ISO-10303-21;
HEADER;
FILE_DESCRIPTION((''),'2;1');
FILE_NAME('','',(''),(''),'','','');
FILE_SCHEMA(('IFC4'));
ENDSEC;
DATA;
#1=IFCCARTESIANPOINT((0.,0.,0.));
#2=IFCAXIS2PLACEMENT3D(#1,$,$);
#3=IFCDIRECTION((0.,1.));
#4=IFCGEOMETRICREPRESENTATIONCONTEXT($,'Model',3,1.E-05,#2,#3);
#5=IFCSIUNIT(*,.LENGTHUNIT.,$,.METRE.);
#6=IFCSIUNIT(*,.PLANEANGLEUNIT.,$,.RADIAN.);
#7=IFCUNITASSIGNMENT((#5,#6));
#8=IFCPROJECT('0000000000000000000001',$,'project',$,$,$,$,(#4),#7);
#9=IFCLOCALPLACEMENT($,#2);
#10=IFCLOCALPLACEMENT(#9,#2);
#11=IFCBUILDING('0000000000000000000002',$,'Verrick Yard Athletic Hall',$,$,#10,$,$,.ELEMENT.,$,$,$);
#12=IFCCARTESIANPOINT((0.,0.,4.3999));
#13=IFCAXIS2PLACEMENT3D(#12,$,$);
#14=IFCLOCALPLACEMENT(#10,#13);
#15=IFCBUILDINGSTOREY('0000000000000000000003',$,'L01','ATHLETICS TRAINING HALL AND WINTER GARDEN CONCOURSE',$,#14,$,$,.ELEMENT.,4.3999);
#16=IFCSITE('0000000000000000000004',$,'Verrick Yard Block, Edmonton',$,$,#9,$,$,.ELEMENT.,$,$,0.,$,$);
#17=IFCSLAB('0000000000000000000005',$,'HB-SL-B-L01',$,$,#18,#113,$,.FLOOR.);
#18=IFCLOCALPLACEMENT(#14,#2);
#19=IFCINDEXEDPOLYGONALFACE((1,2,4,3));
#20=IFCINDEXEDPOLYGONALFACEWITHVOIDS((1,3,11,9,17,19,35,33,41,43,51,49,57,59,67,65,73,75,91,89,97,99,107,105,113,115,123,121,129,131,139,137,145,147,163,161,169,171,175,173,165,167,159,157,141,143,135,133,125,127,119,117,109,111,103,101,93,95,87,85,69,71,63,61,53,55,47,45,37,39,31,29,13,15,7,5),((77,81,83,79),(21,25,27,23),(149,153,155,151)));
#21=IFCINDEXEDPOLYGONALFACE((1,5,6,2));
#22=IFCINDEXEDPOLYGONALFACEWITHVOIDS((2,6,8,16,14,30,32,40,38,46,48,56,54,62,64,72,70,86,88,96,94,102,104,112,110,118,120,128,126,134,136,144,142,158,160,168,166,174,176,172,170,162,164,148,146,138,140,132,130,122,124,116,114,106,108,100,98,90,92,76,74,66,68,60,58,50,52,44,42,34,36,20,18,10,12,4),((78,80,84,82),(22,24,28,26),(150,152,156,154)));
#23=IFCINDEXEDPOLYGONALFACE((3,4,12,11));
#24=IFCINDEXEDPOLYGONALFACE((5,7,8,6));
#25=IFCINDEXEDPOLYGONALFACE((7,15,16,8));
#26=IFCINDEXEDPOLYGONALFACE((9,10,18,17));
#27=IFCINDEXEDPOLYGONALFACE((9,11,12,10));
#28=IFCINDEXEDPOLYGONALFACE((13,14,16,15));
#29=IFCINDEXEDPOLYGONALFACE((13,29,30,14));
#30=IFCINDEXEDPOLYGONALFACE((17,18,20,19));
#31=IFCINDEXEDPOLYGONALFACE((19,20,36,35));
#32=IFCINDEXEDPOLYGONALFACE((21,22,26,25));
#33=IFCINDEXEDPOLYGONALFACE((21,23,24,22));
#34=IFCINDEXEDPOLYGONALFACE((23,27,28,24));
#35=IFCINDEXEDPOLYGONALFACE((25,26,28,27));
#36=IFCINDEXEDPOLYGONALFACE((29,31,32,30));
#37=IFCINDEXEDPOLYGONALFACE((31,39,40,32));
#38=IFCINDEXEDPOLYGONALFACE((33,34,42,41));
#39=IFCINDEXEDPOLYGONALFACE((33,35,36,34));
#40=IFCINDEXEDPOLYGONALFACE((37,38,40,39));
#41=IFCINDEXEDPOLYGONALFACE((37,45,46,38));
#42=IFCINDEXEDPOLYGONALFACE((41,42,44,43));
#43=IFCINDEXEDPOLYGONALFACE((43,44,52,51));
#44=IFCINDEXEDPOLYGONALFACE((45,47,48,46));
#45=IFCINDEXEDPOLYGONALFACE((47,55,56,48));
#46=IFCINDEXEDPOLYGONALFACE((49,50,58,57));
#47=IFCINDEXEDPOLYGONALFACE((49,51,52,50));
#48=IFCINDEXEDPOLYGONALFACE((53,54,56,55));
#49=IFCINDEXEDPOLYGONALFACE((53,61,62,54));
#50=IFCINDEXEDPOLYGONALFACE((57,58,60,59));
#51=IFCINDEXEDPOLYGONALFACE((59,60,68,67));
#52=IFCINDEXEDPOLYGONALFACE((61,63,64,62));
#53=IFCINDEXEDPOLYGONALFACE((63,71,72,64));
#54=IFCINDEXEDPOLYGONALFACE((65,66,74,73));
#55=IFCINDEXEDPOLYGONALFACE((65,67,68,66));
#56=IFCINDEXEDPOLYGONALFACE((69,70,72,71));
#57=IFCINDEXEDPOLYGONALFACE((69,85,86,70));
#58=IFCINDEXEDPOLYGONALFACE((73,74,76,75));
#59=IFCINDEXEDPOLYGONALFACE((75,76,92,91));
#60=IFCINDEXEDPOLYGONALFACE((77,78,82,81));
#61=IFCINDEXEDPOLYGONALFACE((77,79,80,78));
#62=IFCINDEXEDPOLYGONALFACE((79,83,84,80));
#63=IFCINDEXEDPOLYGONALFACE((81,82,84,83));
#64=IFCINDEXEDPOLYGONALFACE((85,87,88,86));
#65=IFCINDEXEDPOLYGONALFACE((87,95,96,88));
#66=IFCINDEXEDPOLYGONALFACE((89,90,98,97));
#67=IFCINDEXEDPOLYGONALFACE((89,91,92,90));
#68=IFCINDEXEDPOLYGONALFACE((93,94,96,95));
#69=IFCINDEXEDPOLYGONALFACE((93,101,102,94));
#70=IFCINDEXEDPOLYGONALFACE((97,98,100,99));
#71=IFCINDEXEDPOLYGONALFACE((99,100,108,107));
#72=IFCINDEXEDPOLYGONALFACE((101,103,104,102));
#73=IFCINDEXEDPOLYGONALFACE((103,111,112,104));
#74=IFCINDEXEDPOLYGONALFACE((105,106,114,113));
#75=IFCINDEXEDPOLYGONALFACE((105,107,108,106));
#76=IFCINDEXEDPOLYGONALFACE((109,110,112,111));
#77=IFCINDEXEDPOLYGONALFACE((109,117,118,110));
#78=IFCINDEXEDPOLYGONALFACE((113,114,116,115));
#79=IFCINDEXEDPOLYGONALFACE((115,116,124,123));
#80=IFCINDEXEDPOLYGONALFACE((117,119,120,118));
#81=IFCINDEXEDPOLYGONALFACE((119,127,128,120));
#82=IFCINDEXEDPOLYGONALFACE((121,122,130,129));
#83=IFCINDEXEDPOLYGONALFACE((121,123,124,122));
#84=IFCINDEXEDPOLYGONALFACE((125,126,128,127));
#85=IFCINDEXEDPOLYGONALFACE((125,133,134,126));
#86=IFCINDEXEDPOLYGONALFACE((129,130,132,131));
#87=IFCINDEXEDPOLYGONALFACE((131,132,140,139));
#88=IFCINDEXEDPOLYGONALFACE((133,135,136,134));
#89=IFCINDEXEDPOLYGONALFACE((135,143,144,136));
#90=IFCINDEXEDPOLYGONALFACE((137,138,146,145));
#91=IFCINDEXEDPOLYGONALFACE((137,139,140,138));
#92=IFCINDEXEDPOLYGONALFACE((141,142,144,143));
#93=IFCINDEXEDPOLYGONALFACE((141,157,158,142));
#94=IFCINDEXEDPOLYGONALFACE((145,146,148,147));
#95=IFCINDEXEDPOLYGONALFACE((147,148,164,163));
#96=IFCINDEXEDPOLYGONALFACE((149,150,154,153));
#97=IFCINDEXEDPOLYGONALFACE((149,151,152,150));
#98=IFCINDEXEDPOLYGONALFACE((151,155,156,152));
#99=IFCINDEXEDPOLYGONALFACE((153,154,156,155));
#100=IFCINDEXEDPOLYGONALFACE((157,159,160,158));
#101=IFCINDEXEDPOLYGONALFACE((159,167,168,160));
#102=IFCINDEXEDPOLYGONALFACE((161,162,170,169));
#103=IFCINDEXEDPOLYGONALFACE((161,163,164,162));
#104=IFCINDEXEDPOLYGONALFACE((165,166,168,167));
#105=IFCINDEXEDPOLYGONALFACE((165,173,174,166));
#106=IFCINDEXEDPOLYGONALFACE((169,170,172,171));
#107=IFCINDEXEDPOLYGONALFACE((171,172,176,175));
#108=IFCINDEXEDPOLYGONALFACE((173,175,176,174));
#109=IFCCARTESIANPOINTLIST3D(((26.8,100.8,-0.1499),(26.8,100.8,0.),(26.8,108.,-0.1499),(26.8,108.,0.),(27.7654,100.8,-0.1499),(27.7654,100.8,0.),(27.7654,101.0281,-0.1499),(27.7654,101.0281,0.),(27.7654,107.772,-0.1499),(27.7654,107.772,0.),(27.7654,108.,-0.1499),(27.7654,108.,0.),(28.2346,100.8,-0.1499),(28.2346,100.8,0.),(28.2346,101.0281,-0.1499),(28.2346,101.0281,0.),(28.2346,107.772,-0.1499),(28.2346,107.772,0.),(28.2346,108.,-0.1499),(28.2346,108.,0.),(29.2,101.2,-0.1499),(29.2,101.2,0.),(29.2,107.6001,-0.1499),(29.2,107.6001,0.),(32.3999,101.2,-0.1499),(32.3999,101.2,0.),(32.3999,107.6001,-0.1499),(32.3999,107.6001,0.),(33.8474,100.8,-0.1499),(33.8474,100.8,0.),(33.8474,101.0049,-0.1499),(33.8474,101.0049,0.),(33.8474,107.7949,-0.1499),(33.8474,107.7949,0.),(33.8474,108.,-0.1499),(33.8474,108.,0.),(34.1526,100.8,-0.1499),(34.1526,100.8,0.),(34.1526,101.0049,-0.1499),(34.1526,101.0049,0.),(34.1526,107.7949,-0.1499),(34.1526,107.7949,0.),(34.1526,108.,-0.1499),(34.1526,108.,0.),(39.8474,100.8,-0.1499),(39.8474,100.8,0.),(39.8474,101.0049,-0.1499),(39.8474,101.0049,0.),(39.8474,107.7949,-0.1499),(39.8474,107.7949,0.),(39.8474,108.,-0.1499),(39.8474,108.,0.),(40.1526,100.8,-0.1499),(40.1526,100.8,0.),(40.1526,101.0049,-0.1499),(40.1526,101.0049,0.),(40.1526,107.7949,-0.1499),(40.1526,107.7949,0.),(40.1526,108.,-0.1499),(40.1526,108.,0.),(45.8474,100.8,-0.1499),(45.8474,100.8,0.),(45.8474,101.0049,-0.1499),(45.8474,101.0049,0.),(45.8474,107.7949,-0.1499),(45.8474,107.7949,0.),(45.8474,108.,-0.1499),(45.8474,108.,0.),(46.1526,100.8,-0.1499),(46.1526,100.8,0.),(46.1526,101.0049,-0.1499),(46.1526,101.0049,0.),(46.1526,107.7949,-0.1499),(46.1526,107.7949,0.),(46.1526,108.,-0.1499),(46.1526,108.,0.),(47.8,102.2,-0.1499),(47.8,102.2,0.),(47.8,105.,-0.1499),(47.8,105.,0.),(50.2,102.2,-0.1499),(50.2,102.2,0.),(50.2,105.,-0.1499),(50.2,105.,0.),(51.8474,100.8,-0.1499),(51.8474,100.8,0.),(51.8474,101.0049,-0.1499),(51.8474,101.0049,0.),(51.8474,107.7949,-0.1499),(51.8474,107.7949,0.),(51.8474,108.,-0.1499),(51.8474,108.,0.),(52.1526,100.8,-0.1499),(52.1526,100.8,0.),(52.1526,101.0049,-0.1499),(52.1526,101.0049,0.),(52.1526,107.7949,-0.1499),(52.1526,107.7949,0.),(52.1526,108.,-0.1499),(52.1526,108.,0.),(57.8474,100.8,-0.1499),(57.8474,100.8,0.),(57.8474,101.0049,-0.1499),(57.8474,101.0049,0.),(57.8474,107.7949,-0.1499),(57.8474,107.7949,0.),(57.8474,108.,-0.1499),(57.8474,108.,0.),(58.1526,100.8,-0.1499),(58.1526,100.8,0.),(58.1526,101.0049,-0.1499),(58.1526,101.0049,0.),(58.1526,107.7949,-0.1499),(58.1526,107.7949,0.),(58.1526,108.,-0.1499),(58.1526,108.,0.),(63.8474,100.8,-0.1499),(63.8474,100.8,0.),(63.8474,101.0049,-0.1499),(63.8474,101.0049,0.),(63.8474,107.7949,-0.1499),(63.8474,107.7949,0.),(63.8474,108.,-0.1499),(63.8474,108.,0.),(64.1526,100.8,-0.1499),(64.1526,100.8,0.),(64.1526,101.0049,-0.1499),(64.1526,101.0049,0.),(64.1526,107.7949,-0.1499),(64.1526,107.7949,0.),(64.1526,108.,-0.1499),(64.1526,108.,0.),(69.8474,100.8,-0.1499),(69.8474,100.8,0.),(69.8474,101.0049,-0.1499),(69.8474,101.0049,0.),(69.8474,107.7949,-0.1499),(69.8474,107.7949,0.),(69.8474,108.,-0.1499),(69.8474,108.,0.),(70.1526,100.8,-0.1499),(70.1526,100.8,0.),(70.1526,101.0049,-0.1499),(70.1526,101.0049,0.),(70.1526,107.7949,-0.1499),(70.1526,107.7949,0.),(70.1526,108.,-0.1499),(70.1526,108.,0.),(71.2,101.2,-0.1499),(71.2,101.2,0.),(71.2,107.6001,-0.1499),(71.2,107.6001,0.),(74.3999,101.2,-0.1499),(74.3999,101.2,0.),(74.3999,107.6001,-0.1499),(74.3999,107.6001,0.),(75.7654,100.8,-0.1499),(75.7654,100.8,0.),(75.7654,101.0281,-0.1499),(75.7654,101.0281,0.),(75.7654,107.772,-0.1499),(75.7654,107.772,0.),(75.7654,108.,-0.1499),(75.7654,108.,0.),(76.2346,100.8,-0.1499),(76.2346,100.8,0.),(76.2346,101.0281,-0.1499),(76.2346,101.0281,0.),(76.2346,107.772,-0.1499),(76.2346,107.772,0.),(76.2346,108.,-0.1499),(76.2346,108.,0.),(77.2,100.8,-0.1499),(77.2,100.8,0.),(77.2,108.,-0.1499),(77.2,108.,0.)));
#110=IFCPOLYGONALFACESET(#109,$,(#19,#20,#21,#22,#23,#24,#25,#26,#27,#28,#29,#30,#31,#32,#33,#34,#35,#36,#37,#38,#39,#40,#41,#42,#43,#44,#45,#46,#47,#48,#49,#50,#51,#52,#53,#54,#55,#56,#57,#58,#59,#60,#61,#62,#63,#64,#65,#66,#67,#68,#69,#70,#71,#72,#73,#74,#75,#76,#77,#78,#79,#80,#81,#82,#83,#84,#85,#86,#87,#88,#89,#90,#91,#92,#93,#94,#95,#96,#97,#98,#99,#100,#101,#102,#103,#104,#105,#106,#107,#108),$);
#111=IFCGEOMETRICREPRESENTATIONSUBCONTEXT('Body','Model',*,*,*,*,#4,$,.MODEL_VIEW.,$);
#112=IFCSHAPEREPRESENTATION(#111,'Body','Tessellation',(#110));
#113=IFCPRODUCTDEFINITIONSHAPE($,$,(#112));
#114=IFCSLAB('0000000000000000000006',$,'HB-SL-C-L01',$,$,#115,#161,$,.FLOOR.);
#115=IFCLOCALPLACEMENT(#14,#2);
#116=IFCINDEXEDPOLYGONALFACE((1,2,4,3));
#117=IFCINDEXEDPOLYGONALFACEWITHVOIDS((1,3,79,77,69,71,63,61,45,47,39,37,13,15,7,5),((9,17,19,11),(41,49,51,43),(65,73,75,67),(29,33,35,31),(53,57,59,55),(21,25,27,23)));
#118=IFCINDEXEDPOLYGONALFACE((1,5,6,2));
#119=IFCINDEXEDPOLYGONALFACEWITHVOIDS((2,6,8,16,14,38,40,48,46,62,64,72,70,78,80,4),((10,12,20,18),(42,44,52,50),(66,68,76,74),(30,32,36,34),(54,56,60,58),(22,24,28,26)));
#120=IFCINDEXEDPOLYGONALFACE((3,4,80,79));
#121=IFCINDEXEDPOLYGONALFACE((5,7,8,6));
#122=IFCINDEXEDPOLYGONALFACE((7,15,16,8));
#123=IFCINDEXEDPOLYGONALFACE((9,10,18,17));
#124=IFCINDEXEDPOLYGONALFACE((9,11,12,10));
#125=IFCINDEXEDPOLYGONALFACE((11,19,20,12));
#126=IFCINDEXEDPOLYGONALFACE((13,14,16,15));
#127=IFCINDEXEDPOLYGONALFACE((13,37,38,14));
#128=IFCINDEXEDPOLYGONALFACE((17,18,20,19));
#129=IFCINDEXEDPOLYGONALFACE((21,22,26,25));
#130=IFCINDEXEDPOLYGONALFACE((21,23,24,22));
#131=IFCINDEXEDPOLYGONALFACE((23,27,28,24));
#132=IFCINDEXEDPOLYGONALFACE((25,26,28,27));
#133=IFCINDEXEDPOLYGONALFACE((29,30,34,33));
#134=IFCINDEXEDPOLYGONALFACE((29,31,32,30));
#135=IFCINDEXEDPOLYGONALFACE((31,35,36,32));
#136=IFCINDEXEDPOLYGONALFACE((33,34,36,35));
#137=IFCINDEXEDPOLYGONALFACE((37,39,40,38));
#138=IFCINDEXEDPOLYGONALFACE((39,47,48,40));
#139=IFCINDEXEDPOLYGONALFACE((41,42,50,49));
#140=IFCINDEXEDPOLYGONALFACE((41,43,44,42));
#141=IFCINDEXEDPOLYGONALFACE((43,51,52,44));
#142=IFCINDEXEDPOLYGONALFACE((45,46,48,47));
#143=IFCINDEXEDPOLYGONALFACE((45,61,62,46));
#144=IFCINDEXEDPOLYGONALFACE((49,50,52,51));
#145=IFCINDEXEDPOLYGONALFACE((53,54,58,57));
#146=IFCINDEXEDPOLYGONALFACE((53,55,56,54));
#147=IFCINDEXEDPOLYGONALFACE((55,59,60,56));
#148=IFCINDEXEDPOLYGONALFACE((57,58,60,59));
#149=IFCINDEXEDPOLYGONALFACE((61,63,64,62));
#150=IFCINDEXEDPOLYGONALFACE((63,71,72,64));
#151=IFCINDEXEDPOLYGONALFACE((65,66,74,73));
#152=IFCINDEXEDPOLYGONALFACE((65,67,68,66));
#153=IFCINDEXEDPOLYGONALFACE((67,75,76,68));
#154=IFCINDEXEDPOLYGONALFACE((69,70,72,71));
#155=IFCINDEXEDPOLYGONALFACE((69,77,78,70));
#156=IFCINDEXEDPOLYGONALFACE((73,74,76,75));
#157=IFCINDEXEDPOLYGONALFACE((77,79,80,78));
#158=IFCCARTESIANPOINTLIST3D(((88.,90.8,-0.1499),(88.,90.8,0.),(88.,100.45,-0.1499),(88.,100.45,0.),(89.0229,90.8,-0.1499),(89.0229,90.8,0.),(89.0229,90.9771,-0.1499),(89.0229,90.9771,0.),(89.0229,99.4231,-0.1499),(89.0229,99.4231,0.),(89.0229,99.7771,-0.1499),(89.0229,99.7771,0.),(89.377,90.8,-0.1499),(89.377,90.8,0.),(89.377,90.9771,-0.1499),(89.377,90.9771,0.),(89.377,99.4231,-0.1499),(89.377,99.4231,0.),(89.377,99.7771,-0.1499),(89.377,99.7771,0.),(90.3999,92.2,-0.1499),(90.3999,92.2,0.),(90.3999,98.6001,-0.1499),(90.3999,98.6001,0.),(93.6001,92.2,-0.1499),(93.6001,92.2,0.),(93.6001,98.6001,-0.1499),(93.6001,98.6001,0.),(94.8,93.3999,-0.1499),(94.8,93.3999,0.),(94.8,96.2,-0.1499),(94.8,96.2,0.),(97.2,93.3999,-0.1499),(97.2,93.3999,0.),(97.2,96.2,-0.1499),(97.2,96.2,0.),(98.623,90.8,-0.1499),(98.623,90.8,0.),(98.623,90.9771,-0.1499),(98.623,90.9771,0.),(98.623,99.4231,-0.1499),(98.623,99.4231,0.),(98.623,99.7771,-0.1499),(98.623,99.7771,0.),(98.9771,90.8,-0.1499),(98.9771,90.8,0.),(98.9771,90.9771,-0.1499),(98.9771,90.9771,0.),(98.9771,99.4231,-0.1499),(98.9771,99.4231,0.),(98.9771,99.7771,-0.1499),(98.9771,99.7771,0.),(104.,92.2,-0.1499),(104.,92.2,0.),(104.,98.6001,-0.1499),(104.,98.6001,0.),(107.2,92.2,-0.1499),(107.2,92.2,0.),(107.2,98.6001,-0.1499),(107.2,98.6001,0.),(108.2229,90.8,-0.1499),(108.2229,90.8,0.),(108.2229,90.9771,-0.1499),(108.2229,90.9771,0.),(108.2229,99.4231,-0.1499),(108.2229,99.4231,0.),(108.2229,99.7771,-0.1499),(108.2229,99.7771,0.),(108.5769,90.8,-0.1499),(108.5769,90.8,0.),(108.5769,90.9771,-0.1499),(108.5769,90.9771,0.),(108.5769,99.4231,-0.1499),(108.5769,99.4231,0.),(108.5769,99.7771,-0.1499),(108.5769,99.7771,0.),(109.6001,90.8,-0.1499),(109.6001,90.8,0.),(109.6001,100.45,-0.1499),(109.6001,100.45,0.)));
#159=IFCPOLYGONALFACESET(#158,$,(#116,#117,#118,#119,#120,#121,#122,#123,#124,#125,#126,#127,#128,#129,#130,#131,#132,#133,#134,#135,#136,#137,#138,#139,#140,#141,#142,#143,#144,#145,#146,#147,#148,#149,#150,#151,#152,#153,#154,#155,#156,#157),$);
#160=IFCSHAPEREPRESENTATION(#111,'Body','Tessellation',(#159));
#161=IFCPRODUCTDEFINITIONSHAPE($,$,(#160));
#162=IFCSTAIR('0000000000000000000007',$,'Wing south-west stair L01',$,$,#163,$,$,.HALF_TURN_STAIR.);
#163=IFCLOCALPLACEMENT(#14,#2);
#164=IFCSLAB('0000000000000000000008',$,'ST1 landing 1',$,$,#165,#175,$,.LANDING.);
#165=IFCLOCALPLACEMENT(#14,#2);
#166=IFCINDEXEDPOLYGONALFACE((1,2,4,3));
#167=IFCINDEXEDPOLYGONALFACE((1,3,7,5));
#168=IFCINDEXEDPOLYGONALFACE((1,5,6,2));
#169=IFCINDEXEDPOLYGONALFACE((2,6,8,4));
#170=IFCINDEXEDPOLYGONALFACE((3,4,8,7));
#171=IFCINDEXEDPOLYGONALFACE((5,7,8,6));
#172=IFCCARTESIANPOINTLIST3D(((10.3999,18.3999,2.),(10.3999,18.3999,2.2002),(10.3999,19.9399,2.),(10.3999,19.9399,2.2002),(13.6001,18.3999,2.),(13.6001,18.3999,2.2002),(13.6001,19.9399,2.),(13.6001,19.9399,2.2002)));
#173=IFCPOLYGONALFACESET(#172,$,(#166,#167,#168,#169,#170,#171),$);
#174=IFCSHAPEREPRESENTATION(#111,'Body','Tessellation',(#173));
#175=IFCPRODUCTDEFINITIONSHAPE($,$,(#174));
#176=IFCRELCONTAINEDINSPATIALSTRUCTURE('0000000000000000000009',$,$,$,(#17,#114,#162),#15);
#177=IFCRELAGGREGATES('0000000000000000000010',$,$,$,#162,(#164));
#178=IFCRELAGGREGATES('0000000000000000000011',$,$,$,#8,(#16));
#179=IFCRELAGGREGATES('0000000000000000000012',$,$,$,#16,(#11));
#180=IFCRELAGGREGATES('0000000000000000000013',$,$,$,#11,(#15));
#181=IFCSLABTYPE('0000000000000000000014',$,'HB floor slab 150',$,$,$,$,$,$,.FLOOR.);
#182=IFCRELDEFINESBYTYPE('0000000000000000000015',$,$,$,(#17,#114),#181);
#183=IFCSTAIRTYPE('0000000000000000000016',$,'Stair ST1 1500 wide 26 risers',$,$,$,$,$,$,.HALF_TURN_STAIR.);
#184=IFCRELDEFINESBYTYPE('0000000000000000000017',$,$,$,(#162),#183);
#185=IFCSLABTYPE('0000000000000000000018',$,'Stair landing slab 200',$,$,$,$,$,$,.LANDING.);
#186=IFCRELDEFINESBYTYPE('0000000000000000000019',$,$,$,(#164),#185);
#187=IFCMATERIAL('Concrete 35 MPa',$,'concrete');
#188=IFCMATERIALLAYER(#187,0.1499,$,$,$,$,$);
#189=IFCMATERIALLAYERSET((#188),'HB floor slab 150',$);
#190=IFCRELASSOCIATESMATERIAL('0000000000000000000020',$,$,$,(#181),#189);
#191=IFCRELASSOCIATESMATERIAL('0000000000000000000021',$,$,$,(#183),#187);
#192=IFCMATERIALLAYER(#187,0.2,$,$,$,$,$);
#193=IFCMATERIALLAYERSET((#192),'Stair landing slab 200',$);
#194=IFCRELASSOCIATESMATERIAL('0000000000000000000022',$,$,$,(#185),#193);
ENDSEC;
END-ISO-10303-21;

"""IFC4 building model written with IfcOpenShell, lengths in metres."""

from ifc_helpers import new_model, si_unit, direction, frame, origin, place, context, subcontext, project, spatial, polyline, outline, extrude, material, layer, layer_set, type_object, element, aggregate, save


model = new_model("IFC4")

# Units and contexts
model_context = context("Model", 3, precision=1e-05, world=origin(), true_north=direction((0.0, 1.0)))
body_context = subcontext(model_context, "Body", "Model", "MODEL_VIEW")
ifc_project = project(units=[si_unit("LENGTHUNIT", "METRE"), si_unit("PLANEANGLEUNIT", "RADIAN")], contexts=[model_context])

# Site, building, storey
site_placement = place(None, origin())
site = spatial("IfcSite", under=ifc_project, at=site_placement, Name="Verrick Yard Block, Edmonton", CompositionType="ELEMENT", RefElevation=0.0)
building_placement = place(site_placement, origin())
building = spatial("IfcBuilding", under=site, at=building_placement, Name="Verrick Yard Athletic Hall", CompositionType="ELEMENT")
storey_placement = place(building_placement, frame((0.0, 0.0, 4.3999)))
storey = spatial("IfcBuildingStorey", under=building, at=storey_placement, Name="L01", Description="ATHLETICS TRAINING HALL AND WINTER GARDEN CONCOURSE", CompositionType="ELEMENT", Elevation=4.3999)

# Slabs
ifc_material_1 = material(Name="Concrete 35 MPa", Category="concrete")
ifc_layer_1 = layer(ifc_material_1, 0.1499)
ifc_layer_set_1 = layer_set([ifc_layer_1], Name="HB floor slab 150")
slab_type_1 = type_object("IfcSlabType", Name="HB floor slab 150", PredefinedType="FLOOR", material=ifc_layer_set_1)
slab_1_placement = place(storey_placement, frame((0.0, 0.0, -0.1499)))
element("IfcSlab", 1, at=slab_1_placement, inside=storey, type_object=slab_type_1, Name="HB-SL-B-L01", PredefinedType="FLOOR", context=body_context, shape_type="SweptSolid", body=[
    extrude(outline(polyline([(77.2, 108.0), (77.2, 100.8), (76.2346, 100.8), (76.2346, 101.0281), (75.7654, 101.0281), (75.7654, 100.8), (70.1526, 100.8), (70.1526, 101.0049), (69.8474, 101.0049), (69.8474, 100.8), (64.1526, 100.8), (64.1526, 101.0049), (63.8474, 101.0049), (63.8474, 100.8), (58.1526, 100.8), (58.1526, 101.0049), (57.8474, 101.0049), (57.8474, 100.8), (52.1526, 100.8), (52.1526, 101.0049), (51.8474, 101.0049), (51.8474, 100.8), (46.1526, 100.8), (46.1526, 101.0049), (45.8474, 101.0049), (45.8474, 100.8), (40.1526, 100.8), (40.1526, 101.0049), (39.8474, 101.0049), (39.8474, 100.8), (34.1526, 100.8), (34.1526, 101.0049), (33.8474, 101.0049), (33.8474, 100.8), (28.2346, 100.8), (28.2346, 101.0281), (27.7654, 101.0281), (27.7654, 100.8), (26.8, 100.8), (26.8, 108.0), (27.7654, 108.0), (27.7654, 107.772), (28.2346, 107.772), (28.2346, 108.0), (33.8474, 108.0), (33.8474, 107.7949), (34.1526, 107.7949), (34.1526, 108.0), (39.8474, 108.0), (39.8474, 107.7949), (40.1526, 107.7949), (40.1526, 108.0), (45.8474, 108.0), (45.8474, 107.7949), (46.1526, 107.7949), (46.1526, 108.0), (51.8474, 108.0), (51.8474, 107.7949), (52.1526, 107.7949), (52.1526, 108.0), (57.8474, 108.0), (57.8474, 107.7949), (58.1526, 107.7949), (58.1526, 108.0), (63.8474, 108.0), (63.8474, 107.7949), (64.1526, 107.7949), (64.1526, 108.0), (69.8474, 108.0), (69.8474, 107.7949), (70.1526, 107.7949), (70.1526, 108.0), (75.7654, 108.0), (75.7654, 107.772), (76.2346, 107.772), (76.2346, 108.0), (77.2, 108.0)]), holes=[polyline([(50.2, 105.0), (47.8, 105.0), (47.8, 102.2), (50.2, 102.2), (50.2, 105.0)]), polyline([(32.3999, 107.6001), (29.2, 107.6001), (29.2, 101.2), (32.3999, 101.2), (32.3999, 107.6001)]), polyline([(74.3999, 107.6001), (71.2, 107.6001), (71.2, 101.2), (74.3999, 101.2), (74.3999, 107.6001)])]), origin(), (0.0, 0.0, 1.0), 0.1499),
])
slab_2_placement = place(storey_placement, frame((0.0, 0.0, -0.1499)))
element("IfcSlab", 2, at=slab_2_placement, inside=storey, type_object=slab_type_1, Name="HB-SL-C-L01", PredefinedType="FLOOR", context=body_context, shape_type="SweptSolid", body=[
    extrude(outline(polyline([(88.0, 90.8), (88.0, 100.45), (109.6001, 100.45), (109.6001, 90.8), (108.5769, 90.8), (108.5769, 90.9771), (108.2229, 90.9771), (108.2229, 90.8), (98.9771, 90.8), (98.9771, 90.9771), (98.623, 90.9771), (98.623, 90.8), (89.377, 90.8), (89.377, 90.9771), (89.0229, 90.9771), (89.0229, 90.8), (88.0, 90.8)]), holes=[polyline([(94.8, 96.2), (94.8, 93.3999), (97.2, 93.3999), (97.2, 96.2), (94.8, 96.2)]), polyline([(90.3999, 98.6001), (90.3999, 92.2), (93.6001, 92.2), (93.6001, 98.6001), (90.3999, 98.6001)]), polyline([(104.0, 98.6001), (104.0, 92.2), (107.2, 92.2), (107.2, 98.6001), (104.0, 98.6001)]), polyline([(89.0229, 99.7771), (89.0229, 99.4231), (89.377, 99.4231), (89.377, 99.7771), (89.0229, 99.7771)]), polyline([(98.9771, 99.7771), (98.623, 99.7771), (98.623, 99.4231), (98.9771, 99.4231), (98.9771, 99.7771)]), polyline([(108.5769, 99.7771), (108.2229, 99.7771), (108.2229, 99.4231), (108.5769, 99.4231), (108.5769, 99.7771)])]), origin(), (0.0, 0.0, 1.0), 0.1499),
])

# Stair, slab
stair_type_1 = type_object("IfcStairType", Name="Stair ST1 1500 wide 26 risers", PredefinedType="HALF_TURN_STAIR", material=ifc_material_1)
stair_1_placement = place(storey_placement, origin())
stair_1 = element("IfcStair", 3, at=stair_1_placement, inside=storey, type_object=stair_type_1, Name="Wing south-west stair L01", PredefinedType="HALF_TURN_STAIR")
ifc_layer_2 = layer(ifc_material_1, 0.2)
ifc_layer_set_2 = layer_set([ifc_layer_2], Name="Stair landing slab 200")
slab_type_2 = type_object("IfcSlabType", Name="Stair landing slab 200", PredefinedType="LANDING", material=ifc_layer_set_2)
slab_3_placement = place(storey_placement, frame((0.0, 0.0, 2.0)))
slab_3 = element("IfcSlab", 4, at=slab_3_placement, type_object=slab_type_2, Name="ST1 landing 1", PredefinedType="LANDING", context=body_context, shape_type="SweptSolid", body=[
    extrude(outline(polyline([(10.3999, 19.9399), (10.3999, 18.3999), (13.6001, 18.3999), (13.6001, 19.9399), (10.3999, 19.9399)])), origin(), (0.0, 0.0, 1.0), 0.2002),
])
aggregate(stair_1, [slab_3])

save(model, "model.ifc")
